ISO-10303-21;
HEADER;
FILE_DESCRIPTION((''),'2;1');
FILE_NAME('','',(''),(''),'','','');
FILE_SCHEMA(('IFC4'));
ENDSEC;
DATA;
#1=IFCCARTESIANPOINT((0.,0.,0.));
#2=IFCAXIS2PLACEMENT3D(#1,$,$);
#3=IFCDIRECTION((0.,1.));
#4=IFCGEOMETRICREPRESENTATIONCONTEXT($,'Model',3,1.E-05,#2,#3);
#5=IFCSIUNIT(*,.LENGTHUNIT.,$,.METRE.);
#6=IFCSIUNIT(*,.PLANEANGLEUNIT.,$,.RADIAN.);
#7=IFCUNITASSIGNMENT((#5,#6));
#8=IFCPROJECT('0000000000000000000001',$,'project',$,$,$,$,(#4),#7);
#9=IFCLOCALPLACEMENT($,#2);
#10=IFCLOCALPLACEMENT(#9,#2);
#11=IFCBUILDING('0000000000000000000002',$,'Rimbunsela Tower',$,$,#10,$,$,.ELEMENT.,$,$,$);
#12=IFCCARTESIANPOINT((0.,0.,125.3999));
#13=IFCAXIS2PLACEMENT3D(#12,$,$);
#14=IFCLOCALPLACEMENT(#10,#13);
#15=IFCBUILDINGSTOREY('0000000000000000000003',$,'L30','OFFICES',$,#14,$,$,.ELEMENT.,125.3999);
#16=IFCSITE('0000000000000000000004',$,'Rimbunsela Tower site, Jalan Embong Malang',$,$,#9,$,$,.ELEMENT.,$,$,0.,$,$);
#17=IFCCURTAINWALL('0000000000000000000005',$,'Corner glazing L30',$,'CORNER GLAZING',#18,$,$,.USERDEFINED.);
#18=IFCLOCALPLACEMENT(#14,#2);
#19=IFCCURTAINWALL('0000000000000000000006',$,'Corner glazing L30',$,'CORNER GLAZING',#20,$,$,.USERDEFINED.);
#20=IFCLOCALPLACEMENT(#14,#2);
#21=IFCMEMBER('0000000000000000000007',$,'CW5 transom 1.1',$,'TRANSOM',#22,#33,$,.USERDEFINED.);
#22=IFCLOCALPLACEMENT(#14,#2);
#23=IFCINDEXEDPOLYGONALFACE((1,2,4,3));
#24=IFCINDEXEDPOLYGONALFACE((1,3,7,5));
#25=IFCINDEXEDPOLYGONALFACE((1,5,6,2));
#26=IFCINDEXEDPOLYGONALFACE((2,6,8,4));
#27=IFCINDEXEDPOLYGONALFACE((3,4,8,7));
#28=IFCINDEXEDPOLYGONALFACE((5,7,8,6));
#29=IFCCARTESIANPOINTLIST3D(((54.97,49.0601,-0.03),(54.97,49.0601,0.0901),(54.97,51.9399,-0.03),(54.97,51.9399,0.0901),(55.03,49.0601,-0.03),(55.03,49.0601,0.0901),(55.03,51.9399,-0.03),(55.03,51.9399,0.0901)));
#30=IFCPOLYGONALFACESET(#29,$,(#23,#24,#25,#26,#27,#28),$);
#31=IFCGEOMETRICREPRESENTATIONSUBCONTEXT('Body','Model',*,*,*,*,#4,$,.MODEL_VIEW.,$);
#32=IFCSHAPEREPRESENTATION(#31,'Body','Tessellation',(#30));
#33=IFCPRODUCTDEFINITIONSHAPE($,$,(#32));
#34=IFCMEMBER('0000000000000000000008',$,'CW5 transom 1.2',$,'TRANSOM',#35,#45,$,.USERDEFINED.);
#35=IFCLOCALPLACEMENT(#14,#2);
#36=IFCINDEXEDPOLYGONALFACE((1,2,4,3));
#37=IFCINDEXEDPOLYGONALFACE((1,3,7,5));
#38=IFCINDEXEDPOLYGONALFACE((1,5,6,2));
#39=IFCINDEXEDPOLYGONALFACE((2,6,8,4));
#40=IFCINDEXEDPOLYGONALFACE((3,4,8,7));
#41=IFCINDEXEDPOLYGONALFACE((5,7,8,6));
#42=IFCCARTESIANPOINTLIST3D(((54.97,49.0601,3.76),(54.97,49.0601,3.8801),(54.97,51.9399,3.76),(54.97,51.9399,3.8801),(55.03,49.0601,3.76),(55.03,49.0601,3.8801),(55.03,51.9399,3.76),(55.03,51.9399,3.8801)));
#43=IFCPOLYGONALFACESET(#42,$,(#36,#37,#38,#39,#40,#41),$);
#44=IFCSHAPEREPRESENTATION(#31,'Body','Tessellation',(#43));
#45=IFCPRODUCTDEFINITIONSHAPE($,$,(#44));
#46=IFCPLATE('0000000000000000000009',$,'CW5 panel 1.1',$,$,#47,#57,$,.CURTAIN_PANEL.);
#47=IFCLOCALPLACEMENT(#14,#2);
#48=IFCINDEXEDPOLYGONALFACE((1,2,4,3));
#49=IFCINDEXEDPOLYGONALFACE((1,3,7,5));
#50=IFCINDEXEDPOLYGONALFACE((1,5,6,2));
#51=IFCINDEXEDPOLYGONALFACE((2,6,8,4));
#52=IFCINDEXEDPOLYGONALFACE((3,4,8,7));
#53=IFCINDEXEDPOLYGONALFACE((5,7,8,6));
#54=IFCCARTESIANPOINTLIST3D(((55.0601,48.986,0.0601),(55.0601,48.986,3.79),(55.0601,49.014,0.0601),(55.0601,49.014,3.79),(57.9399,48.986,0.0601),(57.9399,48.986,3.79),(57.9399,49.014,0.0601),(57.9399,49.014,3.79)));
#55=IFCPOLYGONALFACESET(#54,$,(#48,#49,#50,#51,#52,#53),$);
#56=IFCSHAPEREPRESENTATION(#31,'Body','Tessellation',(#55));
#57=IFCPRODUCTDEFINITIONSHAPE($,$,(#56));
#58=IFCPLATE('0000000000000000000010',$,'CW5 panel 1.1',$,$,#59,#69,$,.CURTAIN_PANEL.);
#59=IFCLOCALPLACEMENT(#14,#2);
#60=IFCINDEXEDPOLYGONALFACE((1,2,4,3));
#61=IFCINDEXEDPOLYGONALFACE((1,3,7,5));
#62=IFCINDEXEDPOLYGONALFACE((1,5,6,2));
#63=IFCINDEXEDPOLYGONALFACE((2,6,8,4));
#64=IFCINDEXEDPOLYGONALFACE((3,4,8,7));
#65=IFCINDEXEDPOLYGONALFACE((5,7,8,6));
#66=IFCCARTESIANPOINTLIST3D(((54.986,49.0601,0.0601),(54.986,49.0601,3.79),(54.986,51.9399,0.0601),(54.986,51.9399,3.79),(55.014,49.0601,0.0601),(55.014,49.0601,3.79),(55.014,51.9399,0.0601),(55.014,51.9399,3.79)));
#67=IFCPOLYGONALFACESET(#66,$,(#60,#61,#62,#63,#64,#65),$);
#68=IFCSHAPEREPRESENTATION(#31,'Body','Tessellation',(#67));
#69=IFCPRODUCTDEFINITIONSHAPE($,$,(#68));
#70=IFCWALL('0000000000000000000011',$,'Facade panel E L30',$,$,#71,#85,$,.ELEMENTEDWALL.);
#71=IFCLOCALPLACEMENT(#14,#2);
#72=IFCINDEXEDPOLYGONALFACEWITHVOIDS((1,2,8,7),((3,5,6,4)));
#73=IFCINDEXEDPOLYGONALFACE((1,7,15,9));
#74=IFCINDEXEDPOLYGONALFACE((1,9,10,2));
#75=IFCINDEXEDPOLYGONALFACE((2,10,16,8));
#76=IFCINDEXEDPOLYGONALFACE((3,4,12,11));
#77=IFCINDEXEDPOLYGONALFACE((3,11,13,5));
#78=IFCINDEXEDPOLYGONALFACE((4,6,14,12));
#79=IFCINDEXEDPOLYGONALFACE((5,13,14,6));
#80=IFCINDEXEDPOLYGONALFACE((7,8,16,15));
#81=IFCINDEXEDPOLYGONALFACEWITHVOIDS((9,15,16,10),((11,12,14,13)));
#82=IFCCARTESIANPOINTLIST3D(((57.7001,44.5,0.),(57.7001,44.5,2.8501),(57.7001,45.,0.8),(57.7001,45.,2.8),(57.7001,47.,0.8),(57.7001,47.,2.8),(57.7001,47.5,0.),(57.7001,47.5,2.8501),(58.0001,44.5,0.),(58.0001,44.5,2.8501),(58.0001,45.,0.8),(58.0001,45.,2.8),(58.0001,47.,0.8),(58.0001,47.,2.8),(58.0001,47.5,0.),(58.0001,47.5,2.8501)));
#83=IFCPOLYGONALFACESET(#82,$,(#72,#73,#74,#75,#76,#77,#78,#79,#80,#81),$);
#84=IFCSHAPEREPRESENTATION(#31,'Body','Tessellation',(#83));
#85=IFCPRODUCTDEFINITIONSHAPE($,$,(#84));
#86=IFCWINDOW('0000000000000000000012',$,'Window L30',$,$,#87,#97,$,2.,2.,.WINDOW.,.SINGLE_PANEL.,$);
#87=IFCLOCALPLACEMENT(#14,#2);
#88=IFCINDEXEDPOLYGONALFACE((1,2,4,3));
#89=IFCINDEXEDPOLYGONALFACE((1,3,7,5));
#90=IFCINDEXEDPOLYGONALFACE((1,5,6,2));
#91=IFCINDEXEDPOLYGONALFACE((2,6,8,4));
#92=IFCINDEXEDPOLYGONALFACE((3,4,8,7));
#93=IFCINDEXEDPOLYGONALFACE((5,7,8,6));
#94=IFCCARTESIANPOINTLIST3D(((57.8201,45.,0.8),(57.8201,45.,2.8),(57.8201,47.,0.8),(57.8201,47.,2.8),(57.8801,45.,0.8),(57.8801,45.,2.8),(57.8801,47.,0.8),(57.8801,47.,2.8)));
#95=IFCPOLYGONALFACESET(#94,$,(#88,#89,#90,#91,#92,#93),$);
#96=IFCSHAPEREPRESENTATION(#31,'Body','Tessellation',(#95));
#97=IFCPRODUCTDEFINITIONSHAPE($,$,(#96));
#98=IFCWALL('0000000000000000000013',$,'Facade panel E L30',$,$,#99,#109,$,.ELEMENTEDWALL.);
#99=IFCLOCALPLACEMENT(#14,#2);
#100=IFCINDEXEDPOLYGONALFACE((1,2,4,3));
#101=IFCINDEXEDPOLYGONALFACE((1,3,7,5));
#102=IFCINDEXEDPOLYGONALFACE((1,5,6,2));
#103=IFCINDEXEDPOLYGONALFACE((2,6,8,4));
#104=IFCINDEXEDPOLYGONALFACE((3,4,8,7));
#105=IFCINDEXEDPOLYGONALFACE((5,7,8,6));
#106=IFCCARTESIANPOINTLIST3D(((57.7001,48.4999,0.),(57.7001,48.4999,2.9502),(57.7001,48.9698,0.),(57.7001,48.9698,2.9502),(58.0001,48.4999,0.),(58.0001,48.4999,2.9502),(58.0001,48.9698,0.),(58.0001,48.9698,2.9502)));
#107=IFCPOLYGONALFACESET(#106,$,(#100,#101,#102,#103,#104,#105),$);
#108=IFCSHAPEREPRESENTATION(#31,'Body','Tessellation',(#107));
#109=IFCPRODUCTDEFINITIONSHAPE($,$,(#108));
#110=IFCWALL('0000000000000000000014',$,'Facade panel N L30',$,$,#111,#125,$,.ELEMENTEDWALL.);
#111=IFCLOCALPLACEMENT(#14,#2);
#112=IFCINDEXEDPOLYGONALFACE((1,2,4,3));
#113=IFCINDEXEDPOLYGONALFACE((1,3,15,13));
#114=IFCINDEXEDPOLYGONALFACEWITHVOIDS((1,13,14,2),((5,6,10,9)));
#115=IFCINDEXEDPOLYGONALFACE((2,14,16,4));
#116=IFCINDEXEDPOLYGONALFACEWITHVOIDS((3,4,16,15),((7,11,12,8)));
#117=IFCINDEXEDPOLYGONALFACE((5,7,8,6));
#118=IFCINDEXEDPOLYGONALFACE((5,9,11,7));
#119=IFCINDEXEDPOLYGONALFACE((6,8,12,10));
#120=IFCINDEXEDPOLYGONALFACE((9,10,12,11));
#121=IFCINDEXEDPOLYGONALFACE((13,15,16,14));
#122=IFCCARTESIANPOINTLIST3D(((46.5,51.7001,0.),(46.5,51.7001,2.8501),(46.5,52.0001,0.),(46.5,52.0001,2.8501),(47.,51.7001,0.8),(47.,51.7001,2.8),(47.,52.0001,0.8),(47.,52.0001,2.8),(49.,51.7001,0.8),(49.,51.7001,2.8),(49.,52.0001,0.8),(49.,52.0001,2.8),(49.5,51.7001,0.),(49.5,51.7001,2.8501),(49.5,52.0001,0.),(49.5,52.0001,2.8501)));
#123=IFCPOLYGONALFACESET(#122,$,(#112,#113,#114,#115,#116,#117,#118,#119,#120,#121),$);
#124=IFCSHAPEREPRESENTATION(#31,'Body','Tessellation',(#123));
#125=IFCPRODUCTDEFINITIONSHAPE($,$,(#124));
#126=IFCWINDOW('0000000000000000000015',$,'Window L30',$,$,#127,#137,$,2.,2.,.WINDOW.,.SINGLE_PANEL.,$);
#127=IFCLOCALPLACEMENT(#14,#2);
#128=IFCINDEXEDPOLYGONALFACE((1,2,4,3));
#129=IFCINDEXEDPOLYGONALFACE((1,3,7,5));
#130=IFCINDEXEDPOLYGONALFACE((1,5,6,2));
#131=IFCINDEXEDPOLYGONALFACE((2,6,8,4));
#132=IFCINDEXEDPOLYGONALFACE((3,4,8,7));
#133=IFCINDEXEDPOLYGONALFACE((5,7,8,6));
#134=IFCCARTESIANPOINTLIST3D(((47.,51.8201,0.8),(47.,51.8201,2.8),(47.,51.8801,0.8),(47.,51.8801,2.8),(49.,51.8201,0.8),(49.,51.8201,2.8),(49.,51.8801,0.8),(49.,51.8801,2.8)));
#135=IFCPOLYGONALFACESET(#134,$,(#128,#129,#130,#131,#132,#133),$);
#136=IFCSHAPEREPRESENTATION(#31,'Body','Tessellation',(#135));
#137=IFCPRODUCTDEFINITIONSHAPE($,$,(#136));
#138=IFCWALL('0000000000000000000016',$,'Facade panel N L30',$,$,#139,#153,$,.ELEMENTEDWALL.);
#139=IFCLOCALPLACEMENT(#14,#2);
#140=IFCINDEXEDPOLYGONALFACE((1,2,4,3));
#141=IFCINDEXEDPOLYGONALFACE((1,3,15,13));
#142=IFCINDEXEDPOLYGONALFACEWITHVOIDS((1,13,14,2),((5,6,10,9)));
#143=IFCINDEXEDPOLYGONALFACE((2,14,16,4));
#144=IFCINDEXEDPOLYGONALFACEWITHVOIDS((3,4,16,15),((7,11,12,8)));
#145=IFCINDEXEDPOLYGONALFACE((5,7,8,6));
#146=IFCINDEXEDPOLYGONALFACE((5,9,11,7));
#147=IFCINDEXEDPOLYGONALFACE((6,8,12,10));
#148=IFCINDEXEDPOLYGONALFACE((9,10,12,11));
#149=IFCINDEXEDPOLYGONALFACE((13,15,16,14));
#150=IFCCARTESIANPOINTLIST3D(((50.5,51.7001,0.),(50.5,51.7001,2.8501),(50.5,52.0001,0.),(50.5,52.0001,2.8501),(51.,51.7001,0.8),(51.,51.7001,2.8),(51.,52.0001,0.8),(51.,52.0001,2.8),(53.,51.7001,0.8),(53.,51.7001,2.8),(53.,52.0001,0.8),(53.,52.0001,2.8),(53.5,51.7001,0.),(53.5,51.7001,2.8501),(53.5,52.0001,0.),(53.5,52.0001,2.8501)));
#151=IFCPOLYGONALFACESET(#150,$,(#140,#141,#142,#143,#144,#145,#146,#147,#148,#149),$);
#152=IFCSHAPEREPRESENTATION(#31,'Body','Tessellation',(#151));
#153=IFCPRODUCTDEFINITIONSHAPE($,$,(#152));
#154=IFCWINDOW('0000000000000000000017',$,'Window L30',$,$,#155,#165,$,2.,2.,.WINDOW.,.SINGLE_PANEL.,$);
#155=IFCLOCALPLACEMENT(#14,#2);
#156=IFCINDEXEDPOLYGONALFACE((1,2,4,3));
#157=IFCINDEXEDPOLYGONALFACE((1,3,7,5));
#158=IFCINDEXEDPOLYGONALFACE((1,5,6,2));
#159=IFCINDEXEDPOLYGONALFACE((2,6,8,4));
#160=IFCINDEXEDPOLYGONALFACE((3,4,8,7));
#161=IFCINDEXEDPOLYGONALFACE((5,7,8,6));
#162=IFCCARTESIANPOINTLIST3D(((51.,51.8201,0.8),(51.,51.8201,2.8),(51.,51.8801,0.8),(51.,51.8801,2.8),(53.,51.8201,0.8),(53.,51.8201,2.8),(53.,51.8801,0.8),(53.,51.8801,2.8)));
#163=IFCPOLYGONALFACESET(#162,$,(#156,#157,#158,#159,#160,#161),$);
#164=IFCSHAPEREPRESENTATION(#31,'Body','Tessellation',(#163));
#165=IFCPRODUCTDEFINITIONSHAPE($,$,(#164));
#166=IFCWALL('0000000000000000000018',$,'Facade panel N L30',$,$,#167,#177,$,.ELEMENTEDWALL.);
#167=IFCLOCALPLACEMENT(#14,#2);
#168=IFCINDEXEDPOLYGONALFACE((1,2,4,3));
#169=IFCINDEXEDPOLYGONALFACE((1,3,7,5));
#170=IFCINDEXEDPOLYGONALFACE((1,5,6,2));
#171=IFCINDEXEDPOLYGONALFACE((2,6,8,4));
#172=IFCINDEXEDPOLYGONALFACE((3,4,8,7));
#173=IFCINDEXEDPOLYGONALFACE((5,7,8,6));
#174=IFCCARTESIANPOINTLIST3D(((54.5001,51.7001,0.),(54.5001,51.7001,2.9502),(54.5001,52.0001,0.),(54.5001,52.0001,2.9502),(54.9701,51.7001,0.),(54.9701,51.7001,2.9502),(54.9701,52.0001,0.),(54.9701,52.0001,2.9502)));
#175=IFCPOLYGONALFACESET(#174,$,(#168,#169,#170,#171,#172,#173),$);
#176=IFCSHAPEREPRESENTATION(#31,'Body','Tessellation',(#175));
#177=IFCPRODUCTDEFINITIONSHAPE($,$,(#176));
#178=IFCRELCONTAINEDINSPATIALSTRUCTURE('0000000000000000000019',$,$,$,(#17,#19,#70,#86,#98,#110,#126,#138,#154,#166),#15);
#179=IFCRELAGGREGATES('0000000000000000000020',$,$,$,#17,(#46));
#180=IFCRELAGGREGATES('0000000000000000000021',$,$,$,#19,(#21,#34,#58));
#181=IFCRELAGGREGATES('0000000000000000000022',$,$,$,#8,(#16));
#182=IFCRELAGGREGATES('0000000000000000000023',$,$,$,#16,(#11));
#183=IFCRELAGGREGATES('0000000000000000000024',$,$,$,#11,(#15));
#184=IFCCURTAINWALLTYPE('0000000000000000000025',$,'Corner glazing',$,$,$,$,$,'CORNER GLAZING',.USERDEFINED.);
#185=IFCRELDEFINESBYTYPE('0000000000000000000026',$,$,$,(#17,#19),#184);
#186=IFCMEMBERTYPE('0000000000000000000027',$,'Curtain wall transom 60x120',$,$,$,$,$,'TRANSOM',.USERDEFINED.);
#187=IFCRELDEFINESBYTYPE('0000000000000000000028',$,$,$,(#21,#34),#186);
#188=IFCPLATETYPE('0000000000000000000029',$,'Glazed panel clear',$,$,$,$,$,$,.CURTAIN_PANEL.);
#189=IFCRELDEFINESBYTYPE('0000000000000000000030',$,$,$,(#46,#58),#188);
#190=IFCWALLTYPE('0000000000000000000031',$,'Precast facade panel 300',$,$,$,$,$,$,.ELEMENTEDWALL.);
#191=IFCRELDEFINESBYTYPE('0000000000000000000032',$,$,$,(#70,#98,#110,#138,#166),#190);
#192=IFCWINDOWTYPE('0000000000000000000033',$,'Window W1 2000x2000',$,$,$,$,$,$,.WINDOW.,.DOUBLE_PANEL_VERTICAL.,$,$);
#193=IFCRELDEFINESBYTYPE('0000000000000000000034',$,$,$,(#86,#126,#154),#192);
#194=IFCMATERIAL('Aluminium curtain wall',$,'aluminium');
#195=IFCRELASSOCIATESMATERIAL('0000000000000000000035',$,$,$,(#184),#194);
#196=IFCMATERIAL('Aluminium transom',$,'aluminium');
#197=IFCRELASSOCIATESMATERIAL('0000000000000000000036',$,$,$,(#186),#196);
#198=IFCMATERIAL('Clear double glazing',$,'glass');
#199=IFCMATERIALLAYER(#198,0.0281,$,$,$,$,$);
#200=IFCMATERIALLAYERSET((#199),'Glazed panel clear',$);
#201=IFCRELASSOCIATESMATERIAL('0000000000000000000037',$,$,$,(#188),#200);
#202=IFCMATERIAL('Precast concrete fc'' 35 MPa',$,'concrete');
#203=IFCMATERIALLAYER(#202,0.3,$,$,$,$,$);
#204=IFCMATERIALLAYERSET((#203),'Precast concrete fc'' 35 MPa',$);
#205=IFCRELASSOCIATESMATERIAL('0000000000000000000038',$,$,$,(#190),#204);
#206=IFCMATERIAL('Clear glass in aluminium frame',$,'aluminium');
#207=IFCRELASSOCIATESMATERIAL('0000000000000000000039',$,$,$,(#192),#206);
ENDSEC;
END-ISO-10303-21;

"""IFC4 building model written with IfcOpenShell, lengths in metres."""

from ifc_helpers import new_model, si_unit, direction, frame, frame_2d, origin, origin_2d, place, context, subcontext, project, spatial, rectangle, extrude, material, layer, layer_set, material_profile, profile_set, type_object, element, fill, aggregate, save


model = new_model("IFC4")

# Units and contexts
model_context = context("Model", 3, precision=1e-05, world=origin(), true_north=direction((0.0, 1.0)))
body_context = subcontext(model_context, "Body", "Model", "MODEL_VIEW")
ifc_project = project(units=[si_unit("LENGTHUNIT", "METRE"), si_unit("PLANEANGLEUNIT", "RADIAN")], contexts=[model_context])

# Site, building, storey
site_placement = place(None, origin())
site = spatial("IfcSite", under=ifc_project, at=site_placement, Name="Rimbunsela Tower site, Jalan Embong Malang", CompositionType="ELEMENT", RefElevation=0.0)
building_placement = place(site_placement, origin())
building = spatial("IfcBuilding", under=site, at=building_placement, Name="Rimbunsela Tower", CompositionType="ELEMENT")
storey_placement = place(building_placement, frame((0.0, 0.0, 125.3999)))
storey = spatial("IfcBuildingStorey", under=building, at=storey_placement, Name="L30", Description="OFFICES", CompositionType="ELEMENT", Elevation=125.3999)

# Curtain walls
ifc_material_1 = material(Name="Aluminium curtain wall", Category="aluminium")
curtain_wall_type = type_object("IfcCurtainWallType", Name="Corner glazing", ElementType="CORNER GLAZING", PredefinedType="USERDEFINED", material=ifc_material_1)
curtain_wall_1_placement = place(storey_placement, origin())
curtain_wall_1 = element("IfcCurtainWall", 1, at=curtain_wall_1_placement, inside=storey, type_object=curtain_wall_type, Name="Corner glazing L30", ObjectType="CORNER GLAZING", PredefinedType="USERDEFINED")
curtain_wall_2_placement = place(storey_placement, origin())
curtain_wall_2 = element("IfcCurtainWall", 2, at=curtain_wall_2_placement, inside=storey, type_object=curtain_wall_type, Name="Corner glazing L30", ObjectType="CORNER GLAZING", PredefinedType="USERDEFINED")

# Members
ifc_material_2 = material(Name="Aluminium transom", Category="aluminium")
ifc_material_profile_1 = material_profile(ifc_material_2, rectangle(XDim=0.0601, YDim=0.1201, at=origin_2d()), Name="Transom 60x120")
ifc_profile_set_1 = profile_set([ifc_material_profile_1], Name="Aluminium transom")
member_type_1 = type_object("IfcMemberType", Name="Curtain wall transom 60x120", ElementType="TRANSOM", PredefinedType="USERDEFINED", material=ifc_profile_set_1)
member_1_placement = place(storey_placement, frame((55.0, 49.0601, 0.03), z_axis=(0.0, 1.0, 0.0), x_axis=(-1.0, 0.0, 0.0)))
member_1 = element("IfcMember", 3, at=member_1_placement, type_object=member_type_1, Name="CW5 transom 1.1", ObjectType="TRANSOM", PredefinedType="USERDEFINED", context=body_context, shape_type="SweptSolid", body=[
    extrude(rectangle(XDim=0.0601, YDim=0.1201, at=origin_2d()), origin(), (0.0, 0.0, 1.0), 2.8799),
])
member_2_placement = place(storey_placement, frame((55.0, 49.0601, 3.8201), z_axis=(0.0, 1.0, 0.0), x_axis=(-1.0, 0.0, 0.0)))
member_2 = element("IfcMember", 4, at=member_2_placement, type_object=member_type_1, Name="CW5 transom 1.2", ObjectType="TRANSOM", PredefinedType="USERDEFINED", context=body_context, shape_type="SweptSolid", body=[
    extrude(rectangle(XDim=0.0601, YDim=0.1201, at=origin_2d()), origin(), (0.0, 0.0, 1.0), 2.8799),
])

# Plates
ifc_material_3 = material(Name="Clear double glazing", Category="glass")
ifc_layer_1 = layer(ifc_material_3, 0.0281)
ifc_layer_set_1 = layer_set([ifc_layer_1], Name="Glazed panel clear")
plate_type = type_object("IfcPlateType", Name="Glazed panel clear", PredefinedType="CURTAIN_PANEL", material=ifc_layer_set_1)
plate_1_placement = place(storey_placement, frame((56.5, 49.0, 0.0601), z_axis=(0.0, 0.0, 1.0), x_axis=(-1.0, 0.0, 0.0)))
plate_1 = element("IfcPlate", 5, at=plate_1_placement, type_object=plate_type, Name="CW5 panel 1.1", PredefinedType="CURTAIN_PANEL", context=body_context, shape_type="SweptSolid", body=[
    extrude(rectangle(XDim=2.8799, YDim=0.0281, at=origin_2d()), origin(), (0.0, 0.0, 1.0), 3.73),
])
aggregate(curtain_wall_1, [plate_1])
plate_2_placement = place(storey_placement, frame((55.0, 50.5, 0.0601), z_axis=(0.0, 0.0, 1.0), x_axis=(0.0, 1.0, 0.0)))
plate_2 = element("IfcPlate", 6, at=plate_2_placement, type_object=plate_type, Name="CW5 panel 1.1", PredefinedType="CURTAIN_PANEL", context=body_context, shape_type="SweptSolid", body=[
    extrude(rectangle(XDim=2.8799, YDim=0.0281, at=origin_2d()), origin(), (0.0, 0.0, 1.0), 3.73),
])
aggregate(curtain_wall_2, [member_1, member_2, plate_2])

# Wall, opening, window
ifc_material_4 = material(Name="Precast concrete fc' 35 MPa", Category="concrete")
ifc_layer_2 = layer(ifc_material_4, 0.3)
ifc_layer_set_2 = layer_set([ifc_layer_2], Name="Precast concrete fc' 35 MPa")
wall_type = type_object("IfcWallType", Name="Precast facade panel 300", PredefinedType="ELEMENTEDWALL", material=ifc_layer_set_2)
wall_1_placement = place(storey_placement, frame((57.8501, 44.5, 0.0), z_axis=(0.0, 0.0, 1.0), x_axis=(0.0, 1.0, 0.0)))
wall_1 = element("IfcWall", 7, at=wall_1_placement, inside=storey, type_object=wall_type, Name="Facade panel E L30", PredefinedType="ELEMENTEDWALL", context=body_context, shape_type="SweptSolid", body=[
    extrude(rectangle(XDim=3.0, YDim=0.3, at=frame_2d((1.5, 0.0))), origin(), (0.0, 0.0, 1.0), 2.8501),
])
opening_1_placement = place(wall_1_placement, frame((0.5, 0.0, 0.8)))
opening_1 = element("IfcOpeningElement", 8, at=opening_1_placement, cuts=wall_1, PredefinedType="OPENING", context=body_context, shape_type="SweptSolid", body=[
    extrude(rectangle(XDim=2.0, YDim=2.0, at=frame_2d((1.0, 1.0))), frame((0.0, 0.1599, 0.0), z_axis=(0.0, -1.0, 0.0), x_axis=(1.0, 0.0, 0.0)), (0.0, 0.0, 1.0), 0.3201),
])
ifc_material_5 = material(Name="Clear glass in aluminium frame", Category="aluminium")
window_type = type_object("IfcWindowType", Name="Window W1 2000x2000", PartitioningType="DOUBLE_PANEL_VERTICAL", PredefinedType="WINDOW", material=ifc_material_5)
window_1_placement = place(opening_1_placement, origin())
window_1 = element("IfcWindow", 9, at=window_1_placement, inside=storey, type_object=window_type, Name="Window L30", OverallHeight=2.0, OverallWidth=2.0, PartitioningType="SINGLE_PANEL", PredefinedType="WINDOW", context=body_context, shape_type="SweptSolid", body=[
    extrude(rectangle(XDim=2.0, YDim=2.0, at=frame_2d((1.0, 1.0))), frame((0.0, 0.03, 0.0), z_axis=(0.0, -1.0, 0.0), x_axis=(1.0, 0.0, 0.0)), (0.0, 0.0, 1.0), 0.0601),
])
fill(opening_1, window_1)

# Wall
wall_2_placement = place(storey_placement, frame((57.8501, 48.5, 0.0), z_axis=(0.0, 0.0, 1.0), x_axis=(0.0, 1.0, 0.0)))
element("IfcWall", 10, at=wall_2_placement, inside=storey, type_object=wall_type, Name="Facade panel E L30", PredefinedType="ELEMENTEDWALL", context=body_context, shape_type="SweptSolid", body=[
    extrude(rectangle(XDim=0.47, YDim=0.3, at=frame_2d((0.2349, 0.0))), origin(), (0.0, 0.0, 1.0), 2.9502),
])

# Walls, openings, windows
wall_3_placement = place(storey_placement, frame((49.5, 51.8501, 0.0), z_axis=(0.0, 0.0, 1.0), x_axis=(-1.0, 0.0, 0.0)))
wall_3 = element("IfcWall", 11, at=wall_3_placement, inside=storey, type_object=wall_type, Name="Facade panel N L30", PredefinedType="ELEMENTEDWALL", context=body_context, shape_type="SweptSolid", body=[
    extrude(rectangle(XDim=3.0, YDim=0.3, at=frame_2d((1.5, 0.0))), origin(), (0.0, 0.0, 1.0), 2.8501),
])
opening_2_placement = place(wall_3_placement, frame((0.5, 0.0, 0.8)))
opening_2 = element("IfcOpeningElement", 12, at=opening_2_placement, cuts=wall_3, PredefinedType="OPENING", context=body_context, shape_type="SweptSolid", body=[
    extrude(rectangle(XDim=2.0, YDim=2.0, at=frame_2d((1.0, 1.0))), frame((0.0, 0.1599, 0.0), z_axis=(0.0, -1.0, 0.0), x_axis=(1.0, 0.0, 0.0)), (0.0, 0.0, 1.0), 0.3201),
])
window_2_placement = place(opening_2_placement, origin())
window_2 = element("IfcWindow", 13, at=window_2_placement, inside=storey, type_object=window_type, Name="Window L30", OverallHeight=2.0, OverallWidth=2.0, PartitioningType="SINGLE_PANEL", PredefinedType="WINDOW", context=body_context, shape_type="SweptSolid", body=[
    extrude(rectangle(XDim=2.0, YDim=2.0, at=frame_2d((1.0, 1.0))), frame((0.0, 0.03, 0.0), z_axis=(0.0, -1.0, 0.0), x_axis=(1.0, 0.0, 0.0)), (0.0, 0.0, 1.0), 0.0601),
])
fill(opening_2, window_2)
wall_4_placement = place(storey_placement, frame((53.5, 51.8501, 0.0), z_axis=(0.0, 0.0, 1.0), x_axis=(-1.0, 0.0, 0.0)))
wall_4 = element("IfcWall", 14, at=wall_4_placement, inside=storey, type_object=wall_type, Name="Facade panel N L30", PredefinedType="ELEMENTEDWALL", context=body_context, shape_type="SweptSolid", body=[
    extrude(rectangle(XDim=3.0, YDim=0.3, at=frame_2d((1.5, 0.0))), origin(), (0.0, 0.0, 1.0), 2.8501),
])
opening_3_placement = place(wall_4_placement, frame((0.5, 0.0, 0.8)))
opening_3 = element("IfcOpeningElement", 15, at=opening_3_placement, cuts=wall_4, PredefinedType="OPENING", context=body_context, shape_type="SweptSolid", body=[
    extrude(rectangle(XDim=2.0, YDim=2.0, at=frame_2d((1.0, 1.0))), frame((0.0, 0.1599, 0.0), z_axis=(0.0, -1.0, 0.0), x_axis=(1.0, 0.0, 0.0)), (0.0, 0.0, 1.0), 0.3201),
])
window_3_placement = place(opening_3_placement, origin())
window_3 = element("IfcWindow", 16, at=window_3_placement, inside=storey, type_object=window_type, Name="Window L30", OverallHeight=2.0, OverallWidth=2.0, PartitioningType="SINGLE_PANEL", PredefinedType="WINDOW", context=body_context, shape_type="SweptSolid", body=[
    extrude(rectangle(XDim=2.0, YDim=2.0, at=frame_2d((1.0, 1.0))), frame((0.0, 0.03, 0.0), z_axis=(0.0, -1.0, 0.0), x_axis=(1.0, 0.0, 0.0)), (0.0, 0.0, 1.0), 0.0601),
])
fill(opening_3, window_3)

# Wall
wall_5_placement = place(storey_placement, frame((54.97, 51.8501, 0.0), z_axis=(0.0, 0.0, 1.0), x_axis=(-1.0, 0.0, 0.0)))
element("IfcWall", 17, at=wall_5_placement, inside=storey, type_object=wall_type, Name="Facade panel N L30", PredefinedType="ELEMENTEDWALL", context=body_context, shape_type="SweptSolid", body=[
    extrude(rectangle(XDim=0.47, YDim=0.3, at=frame_2d((0.2349, 0.0))), origin(), (0.0, 0.0, 1.0), 2.9502),
])

save(model, "model.ifc")
